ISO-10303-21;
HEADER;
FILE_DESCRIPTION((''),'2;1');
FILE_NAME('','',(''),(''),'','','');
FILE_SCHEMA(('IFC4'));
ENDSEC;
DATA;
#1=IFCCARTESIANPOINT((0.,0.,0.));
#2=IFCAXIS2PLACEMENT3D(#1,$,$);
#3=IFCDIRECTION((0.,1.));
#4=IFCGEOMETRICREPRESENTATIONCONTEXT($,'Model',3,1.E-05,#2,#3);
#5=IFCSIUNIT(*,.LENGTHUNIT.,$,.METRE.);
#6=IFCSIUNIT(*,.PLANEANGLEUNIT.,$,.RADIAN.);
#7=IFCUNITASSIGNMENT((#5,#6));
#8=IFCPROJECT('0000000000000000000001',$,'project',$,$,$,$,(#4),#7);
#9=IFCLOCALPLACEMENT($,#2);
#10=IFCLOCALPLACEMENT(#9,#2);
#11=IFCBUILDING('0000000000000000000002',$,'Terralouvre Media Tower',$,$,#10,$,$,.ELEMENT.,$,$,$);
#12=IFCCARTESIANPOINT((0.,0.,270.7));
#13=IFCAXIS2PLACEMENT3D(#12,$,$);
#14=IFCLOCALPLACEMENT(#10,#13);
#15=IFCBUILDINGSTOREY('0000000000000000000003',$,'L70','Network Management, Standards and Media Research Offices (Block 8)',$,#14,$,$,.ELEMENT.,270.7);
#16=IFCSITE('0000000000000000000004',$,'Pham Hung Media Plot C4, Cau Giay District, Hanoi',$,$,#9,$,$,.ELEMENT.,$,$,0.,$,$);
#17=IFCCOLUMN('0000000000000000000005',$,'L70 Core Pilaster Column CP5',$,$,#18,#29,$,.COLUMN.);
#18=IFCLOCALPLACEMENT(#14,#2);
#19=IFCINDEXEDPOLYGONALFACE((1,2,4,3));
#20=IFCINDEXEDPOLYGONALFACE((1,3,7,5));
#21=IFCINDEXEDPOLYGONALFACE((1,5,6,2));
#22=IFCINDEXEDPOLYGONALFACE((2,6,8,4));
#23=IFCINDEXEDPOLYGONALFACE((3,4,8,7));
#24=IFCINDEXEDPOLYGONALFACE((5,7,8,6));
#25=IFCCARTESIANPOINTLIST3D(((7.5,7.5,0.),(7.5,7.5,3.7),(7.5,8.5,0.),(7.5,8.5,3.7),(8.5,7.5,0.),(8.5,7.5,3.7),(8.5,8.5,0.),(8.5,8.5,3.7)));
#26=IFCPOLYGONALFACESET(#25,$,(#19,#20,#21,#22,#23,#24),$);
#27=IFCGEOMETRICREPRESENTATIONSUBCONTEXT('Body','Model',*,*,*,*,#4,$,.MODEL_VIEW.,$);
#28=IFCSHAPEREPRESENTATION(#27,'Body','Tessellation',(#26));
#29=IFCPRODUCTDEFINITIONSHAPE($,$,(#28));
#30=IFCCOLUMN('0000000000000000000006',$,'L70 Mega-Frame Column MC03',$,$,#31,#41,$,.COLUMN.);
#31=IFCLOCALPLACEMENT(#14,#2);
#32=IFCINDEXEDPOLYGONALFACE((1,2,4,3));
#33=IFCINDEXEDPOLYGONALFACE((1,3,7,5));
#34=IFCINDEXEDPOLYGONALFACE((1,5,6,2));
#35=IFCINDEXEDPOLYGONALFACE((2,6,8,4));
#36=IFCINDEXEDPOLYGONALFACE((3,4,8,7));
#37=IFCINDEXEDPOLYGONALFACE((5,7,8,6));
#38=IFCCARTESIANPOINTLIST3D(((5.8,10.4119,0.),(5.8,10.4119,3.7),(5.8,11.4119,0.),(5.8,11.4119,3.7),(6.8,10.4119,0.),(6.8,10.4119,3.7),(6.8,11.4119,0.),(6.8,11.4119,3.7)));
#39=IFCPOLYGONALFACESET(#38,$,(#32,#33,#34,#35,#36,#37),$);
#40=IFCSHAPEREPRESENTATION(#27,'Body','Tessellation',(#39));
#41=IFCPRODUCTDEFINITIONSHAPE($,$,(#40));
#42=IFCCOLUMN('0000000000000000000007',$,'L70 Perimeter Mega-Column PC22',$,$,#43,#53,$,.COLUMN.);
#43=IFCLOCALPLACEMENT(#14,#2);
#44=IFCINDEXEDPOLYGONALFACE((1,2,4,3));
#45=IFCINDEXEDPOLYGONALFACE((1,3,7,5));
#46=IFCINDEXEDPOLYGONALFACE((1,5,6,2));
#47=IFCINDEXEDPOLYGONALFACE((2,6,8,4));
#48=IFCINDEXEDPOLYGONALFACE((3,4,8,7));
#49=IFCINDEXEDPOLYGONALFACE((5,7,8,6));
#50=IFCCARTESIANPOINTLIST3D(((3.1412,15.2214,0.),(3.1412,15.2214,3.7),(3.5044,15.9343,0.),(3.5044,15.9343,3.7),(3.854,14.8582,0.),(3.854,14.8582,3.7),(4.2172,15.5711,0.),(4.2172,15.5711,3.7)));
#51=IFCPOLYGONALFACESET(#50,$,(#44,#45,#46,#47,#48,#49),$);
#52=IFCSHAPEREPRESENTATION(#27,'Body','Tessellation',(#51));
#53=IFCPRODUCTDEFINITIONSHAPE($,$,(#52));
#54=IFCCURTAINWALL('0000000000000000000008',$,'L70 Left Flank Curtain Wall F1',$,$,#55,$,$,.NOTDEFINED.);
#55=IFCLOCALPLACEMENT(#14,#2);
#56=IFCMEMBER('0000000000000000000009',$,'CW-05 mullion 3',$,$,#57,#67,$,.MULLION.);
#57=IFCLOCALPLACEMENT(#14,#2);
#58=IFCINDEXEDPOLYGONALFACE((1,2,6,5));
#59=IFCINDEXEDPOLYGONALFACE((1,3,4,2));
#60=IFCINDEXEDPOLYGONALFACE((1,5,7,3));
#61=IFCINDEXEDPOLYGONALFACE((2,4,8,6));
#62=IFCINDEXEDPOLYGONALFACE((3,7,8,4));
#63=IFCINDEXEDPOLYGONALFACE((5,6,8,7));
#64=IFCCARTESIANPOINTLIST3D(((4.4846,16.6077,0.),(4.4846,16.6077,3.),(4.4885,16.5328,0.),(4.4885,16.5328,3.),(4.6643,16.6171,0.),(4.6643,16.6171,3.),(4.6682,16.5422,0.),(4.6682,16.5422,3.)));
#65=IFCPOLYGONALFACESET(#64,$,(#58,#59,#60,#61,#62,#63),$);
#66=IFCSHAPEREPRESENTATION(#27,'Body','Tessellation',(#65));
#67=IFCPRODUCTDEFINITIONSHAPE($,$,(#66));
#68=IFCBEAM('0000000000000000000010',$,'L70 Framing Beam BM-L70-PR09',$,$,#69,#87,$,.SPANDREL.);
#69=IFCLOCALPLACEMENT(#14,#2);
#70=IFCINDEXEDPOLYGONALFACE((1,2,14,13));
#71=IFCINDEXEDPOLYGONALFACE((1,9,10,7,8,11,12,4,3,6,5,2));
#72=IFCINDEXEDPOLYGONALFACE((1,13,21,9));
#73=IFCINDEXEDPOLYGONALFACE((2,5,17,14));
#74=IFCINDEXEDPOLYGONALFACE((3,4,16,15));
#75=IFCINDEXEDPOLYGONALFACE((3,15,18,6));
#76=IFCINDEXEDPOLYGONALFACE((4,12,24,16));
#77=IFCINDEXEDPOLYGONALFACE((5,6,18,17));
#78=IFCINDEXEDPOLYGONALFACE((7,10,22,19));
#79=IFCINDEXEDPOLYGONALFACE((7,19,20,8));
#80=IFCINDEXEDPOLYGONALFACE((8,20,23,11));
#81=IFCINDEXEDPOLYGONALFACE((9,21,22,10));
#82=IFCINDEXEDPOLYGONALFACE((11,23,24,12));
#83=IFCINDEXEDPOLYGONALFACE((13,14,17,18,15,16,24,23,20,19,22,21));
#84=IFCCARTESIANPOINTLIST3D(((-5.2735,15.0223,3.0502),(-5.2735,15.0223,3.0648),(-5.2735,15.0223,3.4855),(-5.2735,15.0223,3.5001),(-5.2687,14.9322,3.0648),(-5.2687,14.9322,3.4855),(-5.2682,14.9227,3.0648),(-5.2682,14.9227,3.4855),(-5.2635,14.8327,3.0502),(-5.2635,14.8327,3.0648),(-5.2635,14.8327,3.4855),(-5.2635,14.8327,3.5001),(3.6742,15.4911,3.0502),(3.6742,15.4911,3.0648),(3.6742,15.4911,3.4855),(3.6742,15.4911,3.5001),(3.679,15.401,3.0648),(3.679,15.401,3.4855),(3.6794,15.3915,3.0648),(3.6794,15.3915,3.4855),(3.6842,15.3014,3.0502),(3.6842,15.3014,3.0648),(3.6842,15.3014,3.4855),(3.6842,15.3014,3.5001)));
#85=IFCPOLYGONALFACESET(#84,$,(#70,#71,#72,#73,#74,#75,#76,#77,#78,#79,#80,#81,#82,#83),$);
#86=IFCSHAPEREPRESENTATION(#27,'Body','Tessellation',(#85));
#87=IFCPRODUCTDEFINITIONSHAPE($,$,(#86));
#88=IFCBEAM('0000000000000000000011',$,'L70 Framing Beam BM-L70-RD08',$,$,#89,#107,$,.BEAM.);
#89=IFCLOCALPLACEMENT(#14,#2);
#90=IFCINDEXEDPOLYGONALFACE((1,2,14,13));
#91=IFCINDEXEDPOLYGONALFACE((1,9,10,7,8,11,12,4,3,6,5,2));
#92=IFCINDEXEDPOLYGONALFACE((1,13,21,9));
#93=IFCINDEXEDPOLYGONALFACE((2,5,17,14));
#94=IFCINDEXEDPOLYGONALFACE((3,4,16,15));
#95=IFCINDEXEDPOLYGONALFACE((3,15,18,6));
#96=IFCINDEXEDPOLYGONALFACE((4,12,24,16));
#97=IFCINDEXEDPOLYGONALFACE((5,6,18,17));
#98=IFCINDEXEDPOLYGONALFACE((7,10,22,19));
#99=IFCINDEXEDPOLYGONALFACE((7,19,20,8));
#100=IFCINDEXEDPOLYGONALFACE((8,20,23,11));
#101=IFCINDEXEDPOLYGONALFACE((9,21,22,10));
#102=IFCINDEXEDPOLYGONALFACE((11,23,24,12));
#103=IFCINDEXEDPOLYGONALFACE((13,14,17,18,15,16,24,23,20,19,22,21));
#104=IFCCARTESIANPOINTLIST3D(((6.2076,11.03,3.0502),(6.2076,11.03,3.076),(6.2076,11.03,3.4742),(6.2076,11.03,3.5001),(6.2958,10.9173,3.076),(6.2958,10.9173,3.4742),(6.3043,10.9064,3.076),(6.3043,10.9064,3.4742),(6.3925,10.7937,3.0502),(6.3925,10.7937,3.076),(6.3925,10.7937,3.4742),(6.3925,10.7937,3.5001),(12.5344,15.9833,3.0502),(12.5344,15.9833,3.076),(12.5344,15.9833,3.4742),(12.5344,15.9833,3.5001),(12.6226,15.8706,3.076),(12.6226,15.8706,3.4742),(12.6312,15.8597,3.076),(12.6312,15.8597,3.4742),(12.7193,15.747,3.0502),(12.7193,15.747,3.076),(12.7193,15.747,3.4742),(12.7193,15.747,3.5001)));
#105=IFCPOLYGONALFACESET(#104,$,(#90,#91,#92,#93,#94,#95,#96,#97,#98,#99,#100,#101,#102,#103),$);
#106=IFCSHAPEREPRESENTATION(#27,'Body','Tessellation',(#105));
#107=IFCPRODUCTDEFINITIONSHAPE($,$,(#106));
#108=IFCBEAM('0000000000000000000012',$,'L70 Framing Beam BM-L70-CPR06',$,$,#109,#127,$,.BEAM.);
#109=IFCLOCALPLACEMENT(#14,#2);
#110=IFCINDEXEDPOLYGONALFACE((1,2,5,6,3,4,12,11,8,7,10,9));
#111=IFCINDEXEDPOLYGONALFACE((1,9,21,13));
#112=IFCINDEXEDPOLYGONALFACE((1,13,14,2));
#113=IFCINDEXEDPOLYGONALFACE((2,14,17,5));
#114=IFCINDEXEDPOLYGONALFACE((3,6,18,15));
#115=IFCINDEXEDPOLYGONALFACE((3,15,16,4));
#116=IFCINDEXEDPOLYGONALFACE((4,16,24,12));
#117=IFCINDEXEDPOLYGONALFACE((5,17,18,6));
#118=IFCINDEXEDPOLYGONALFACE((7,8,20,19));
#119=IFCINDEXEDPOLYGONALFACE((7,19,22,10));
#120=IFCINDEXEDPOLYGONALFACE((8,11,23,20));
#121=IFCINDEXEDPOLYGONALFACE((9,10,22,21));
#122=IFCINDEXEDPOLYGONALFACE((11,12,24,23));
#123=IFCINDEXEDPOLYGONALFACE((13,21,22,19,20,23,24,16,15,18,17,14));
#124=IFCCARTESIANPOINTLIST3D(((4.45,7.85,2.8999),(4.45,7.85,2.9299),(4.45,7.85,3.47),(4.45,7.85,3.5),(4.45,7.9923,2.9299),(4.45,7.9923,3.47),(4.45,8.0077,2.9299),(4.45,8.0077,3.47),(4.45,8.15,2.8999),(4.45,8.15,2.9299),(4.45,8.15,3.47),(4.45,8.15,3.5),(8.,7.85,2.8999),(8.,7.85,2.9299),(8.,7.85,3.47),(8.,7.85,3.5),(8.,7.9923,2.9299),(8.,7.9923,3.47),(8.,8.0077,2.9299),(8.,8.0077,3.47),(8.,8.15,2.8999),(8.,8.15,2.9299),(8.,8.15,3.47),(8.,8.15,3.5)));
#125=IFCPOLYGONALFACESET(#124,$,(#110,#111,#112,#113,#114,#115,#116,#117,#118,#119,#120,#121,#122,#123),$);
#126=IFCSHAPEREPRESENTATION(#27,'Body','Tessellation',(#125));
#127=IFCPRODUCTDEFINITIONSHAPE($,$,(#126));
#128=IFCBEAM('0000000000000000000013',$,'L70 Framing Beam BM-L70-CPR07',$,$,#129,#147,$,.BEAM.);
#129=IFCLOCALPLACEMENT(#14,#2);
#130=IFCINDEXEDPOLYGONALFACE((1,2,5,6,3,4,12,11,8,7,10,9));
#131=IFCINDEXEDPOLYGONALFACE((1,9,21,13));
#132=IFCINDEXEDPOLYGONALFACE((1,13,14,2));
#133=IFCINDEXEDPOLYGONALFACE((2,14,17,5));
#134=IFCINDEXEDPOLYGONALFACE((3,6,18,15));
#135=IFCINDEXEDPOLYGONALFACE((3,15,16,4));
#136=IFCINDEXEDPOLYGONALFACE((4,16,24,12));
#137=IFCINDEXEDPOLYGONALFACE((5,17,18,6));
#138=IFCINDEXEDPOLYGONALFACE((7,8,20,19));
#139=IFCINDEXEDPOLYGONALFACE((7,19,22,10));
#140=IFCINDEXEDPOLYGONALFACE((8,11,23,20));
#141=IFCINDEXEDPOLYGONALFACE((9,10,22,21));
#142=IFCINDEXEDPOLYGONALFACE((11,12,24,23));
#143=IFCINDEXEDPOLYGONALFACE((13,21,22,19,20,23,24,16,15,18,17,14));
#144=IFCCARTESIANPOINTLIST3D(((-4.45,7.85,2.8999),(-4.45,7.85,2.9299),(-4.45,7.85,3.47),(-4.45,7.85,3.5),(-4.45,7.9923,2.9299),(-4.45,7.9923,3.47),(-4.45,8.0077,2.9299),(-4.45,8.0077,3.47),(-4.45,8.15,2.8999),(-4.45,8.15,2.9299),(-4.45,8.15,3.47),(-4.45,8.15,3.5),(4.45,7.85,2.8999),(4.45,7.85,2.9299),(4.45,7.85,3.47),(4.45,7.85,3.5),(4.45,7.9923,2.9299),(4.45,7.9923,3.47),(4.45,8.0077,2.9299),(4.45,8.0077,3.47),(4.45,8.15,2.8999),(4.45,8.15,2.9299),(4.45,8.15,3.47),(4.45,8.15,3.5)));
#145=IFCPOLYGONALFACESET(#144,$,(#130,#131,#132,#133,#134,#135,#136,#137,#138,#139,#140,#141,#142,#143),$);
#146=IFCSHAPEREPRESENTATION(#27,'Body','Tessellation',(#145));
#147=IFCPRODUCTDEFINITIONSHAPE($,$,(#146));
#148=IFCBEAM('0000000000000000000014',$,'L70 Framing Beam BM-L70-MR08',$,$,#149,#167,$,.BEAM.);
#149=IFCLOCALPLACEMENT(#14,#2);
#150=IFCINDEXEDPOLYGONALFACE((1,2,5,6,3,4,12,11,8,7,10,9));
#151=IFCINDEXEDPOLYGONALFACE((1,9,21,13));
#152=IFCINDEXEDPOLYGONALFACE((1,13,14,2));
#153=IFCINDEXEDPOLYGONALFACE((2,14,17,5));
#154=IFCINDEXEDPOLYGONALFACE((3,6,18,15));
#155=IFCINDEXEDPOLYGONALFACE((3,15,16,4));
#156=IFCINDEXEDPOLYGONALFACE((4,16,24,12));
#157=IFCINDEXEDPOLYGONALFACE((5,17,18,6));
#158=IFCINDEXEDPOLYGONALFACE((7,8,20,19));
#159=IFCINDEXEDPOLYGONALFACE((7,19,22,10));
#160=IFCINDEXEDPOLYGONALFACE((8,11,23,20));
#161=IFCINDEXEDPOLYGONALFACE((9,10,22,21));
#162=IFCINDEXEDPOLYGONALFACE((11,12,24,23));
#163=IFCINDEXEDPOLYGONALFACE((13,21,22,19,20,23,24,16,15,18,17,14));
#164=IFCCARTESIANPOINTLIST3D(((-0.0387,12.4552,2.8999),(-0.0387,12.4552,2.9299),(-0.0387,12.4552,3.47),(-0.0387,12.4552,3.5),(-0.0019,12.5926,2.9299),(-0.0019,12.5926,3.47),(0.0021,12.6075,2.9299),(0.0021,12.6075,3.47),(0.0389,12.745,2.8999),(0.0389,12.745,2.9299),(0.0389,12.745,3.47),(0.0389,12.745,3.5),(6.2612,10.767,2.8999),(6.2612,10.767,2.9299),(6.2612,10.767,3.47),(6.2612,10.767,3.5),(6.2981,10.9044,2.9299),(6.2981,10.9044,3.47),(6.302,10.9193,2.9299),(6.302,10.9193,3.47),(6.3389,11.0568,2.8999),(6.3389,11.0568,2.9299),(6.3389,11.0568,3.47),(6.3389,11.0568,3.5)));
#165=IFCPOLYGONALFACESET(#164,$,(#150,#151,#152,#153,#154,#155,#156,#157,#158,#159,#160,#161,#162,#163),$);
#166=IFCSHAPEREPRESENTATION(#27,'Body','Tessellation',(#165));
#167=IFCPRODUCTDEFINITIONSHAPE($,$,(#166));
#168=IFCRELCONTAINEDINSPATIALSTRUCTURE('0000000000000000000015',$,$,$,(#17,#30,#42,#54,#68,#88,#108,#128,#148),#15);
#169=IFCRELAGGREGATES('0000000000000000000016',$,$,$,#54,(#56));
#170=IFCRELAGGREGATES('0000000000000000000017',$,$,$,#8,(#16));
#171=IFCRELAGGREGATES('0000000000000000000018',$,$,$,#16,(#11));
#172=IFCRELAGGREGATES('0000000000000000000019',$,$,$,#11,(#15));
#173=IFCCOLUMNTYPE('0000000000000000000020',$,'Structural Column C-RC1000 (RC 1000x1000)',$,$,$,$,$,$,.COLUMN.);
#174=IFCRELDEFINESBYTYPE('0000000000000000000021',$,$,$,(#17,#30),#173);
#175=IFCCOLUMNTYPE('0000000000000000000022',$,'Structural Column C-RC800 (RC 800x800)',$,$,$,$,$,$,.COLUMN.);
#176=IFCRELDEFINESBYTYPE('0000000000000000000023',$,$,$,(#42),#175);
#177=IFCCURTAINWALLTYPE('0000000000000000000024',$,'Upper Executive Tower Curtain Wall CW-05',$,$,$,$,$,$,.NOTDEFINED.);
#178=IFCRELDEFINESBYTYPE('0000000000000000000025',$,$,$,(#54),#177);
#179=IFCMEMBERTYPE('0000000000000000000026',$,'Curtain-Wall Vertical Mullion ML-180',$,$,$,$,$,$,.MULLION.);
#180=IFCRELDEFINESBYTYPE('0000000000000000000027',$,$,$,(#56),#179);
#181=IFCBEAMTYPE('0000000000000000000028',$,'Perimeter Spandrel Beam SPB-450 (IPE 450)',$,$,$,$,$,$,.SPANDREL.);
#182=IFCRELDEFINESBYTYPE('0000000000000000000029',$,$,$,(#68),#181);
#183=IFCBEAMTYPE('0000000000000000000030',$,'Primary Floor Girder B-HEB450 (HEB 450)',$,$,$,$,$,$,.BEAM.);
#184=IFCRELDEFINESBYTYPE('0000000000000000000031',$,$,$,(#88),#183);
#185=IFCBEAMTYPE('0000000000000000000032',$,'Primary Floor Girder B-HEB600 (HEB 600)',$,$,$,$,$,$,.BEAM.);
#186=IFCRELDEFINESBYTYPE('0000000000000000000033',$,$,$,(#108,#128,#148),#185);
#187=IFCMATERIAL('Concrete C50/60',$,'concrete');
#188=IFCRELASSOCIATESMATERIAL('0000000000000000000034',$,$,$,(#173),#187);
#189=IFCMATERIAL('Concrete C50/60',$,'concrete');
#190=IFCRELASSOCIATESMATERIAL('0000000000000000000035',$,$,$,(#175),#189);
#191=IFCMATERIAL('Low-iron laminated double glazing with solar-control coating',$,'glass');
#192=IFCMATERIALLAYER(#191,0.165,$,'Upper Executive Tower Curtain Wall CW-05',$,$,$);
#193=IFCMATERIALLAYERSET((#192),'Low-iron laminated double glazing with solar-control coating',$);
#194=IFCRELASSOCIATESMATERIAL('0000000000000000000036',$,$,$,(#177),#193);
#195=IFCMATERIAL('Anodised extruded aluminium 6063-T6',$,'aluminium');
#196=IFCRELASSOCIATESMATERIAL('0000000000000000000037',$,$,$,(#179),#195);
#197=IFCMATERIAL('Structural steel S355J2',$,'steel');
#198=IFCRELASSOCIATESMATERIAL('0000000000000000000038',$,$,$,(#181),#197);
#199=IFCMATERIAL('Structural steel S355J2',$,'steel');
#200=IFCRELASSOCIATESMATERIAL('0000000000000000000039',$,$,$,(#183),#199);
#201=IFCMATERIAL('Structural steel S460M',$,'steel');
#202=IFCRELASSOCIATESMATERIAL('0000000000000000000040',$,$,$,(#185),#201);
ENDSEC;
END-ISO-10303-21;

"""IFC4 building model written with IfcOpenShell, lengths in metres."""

from ifc_helpers import new_model, si_unit, direction, frame, origin, origin_2d, place, context, subcontext, project, spatial, rectangle, i_section, extrude, material, layer, layer_set, material_profile, profile_set, type_object, element, aggregate, save


model = new_model("IFC4")

# Units and contexts
model_context = context("Model", 3, precision=1e-05, world=origin(), true_north=direction((0.0, 1.0)))
body_context = subcontext(model_context, "Body", "Model", "MODEL_VIEW")
ifc_project = project(units=[si_unit("LENGTHUNIT", "METRE"), si_unit("PLANEANGLEUNIT", "RADIAN")], contexts=[model_context])

# Site, building, storey
site_placement = place(None, origin())
site = spatial("IfcSite", under=ifc_project, at=site_placement, Name="Pham Hung Media Plot C4, Cau Giay District, Hanoi", CompositionType="ELEMENT", RefElevation=0.0)
building_placement = place(site_placement, origin())
building = spatial("IfcBuilding", under=site, at=building_placement, Name="Terralouvre Media Tower", CompositionType="ELEMENT")
storey_placement = place(building_placement, frame((0.0, 0.0, 270.7)))
storey = spatial("IfcBuildingStorey", under=building, at=storey_placement, Name="L70", Description="Network Management, Standards and Media Research Offices (Block 8)", CompositionType="ELEMENT", Elevation=270.7)

# Columns
ifc_material_1 = material(Name="Concrete C50/60", Category="concrete")
ifc_material_profile_1 = material_profile(ifc_material_1, rectangle(XDim=1.0, YDim=1.0, at=origin_2d()), Name="RC 1000x1000")
ifc_profile_set_1 = profile_set([ifc_material_profile_1], Name="Concrete C50/60")
column_type_1 = type_object("IfcColumnType", Name="Structural Column C-RC1000 (RC 1000x1000)", PredefinedType="COLUMN", material=ifc_profile_set_1)
for number, where, z_axis, x_axis, name in (
    (1, (8.0, 8.0, 0.0), (0.0, 0.0, 1.0), (1.0, 0.0, 0.0), "L70 Core Pilaster Column CP5"),
    (2, (6.3, 10.9119, 0.0), (0.0, 0.0, 1.0), (1.0, 0.0, 0.0), "L70 Mega-Frame Column MC03"),
):
    element("IfcColumn", number, at=place(storey_placement, frame(where, z_axis=z_axis, x_axis=x_axis)), inside=storey, type_object=column_type_1, Name=name, PredefinedType="COLUMN", context=body_context, shape_type="SweptSolid", body=[
        extrude(rectangle(XDim=1.0, YDim=1.0, at=origin_2d()), origin(), (0.0, 0.0, 1.0), 3.7),
    ])
ifc_material_2 = material(Name="Concrete C50/60", Category="concrete")
ifc_material_profile_2 = material_profile(ifc_material_2, rectangle(XDim=0.8, YDim=0.8, at=origin_2d()), Name="RC 800x800")
ifc_profile_set_2 = profile_set([ifc_material_profile_2], Name="Concrete C50/60")
column_type_2 = type_object("IfcColumnType", Name="Structural Column C-RC800 (RC 800x800)", PredefinedType="COLUMN", material=ifc_profile_set_2)
column_placement = place(storey_placement, frame((3.6792, 15.3962, 0.0), z_axis=(0.0, 0.0, 1.0), x_axis=(0.45399, 0.891007, 0.0)))
element("IfcColumn", 3, at=column_placement, inside=storey, type_object=column_type_2, Name="L70 Perimeter Mega-Column PC22", PredefinedType="COLUMN", context=body_context, shape_type="SweptSolid", body=[
    extrude(rectangle(XDim=0.8, YDim=0.8, at=origin_2d()), origin(), (0.0, 0.0, 1.0), 3.7),
])

# Curtain wall, member
ifc_material_3 = material(Name="Low-iron laminated double glazing with solar-control coating", Category="glass")
ifc_layer_1 = layer(ifc_material_3, 0.165, Name="Upper Executive Tower Curtain Wall CW-05")
ifc_layer_set_1 = layer_set([ifc_layer_1], Name="Low-iron laminated double glazing with solar-control coating")
curtain_wall_type = type_object("IfcCurtainWallType", Name="Upper Executive Tower Curtain Wall CW-05", PredefinedType="NOTDEFINED", material=ifc_layer_set_1)
curtain_wall_placement = place(storey_placement, origin())
curtain_wall = element("IfcCurtainWall", 4, at=curtain_wall_placement, inside=storey, type_object=curtain_wall_type, Name="L70 Left Flank Curtain Wall F1", PredefinedType="NOTDEFINED")
ifc_material_4 = material(Name="Anodised extruded aluminium 6063-T6", Category="aluminium")
ifc_material_profile_3 = material_profile(ifc_material_4, rectangle(XDim=0.075, YDim=0.1799, at=origin_2d()), Name="ALU 75x180")
ifc_profile_set_3 = profile_set([ifc_material_profile_3], Name="Anodised extruded aluminium 6063-T6")
member_type = type_object("IfcMemberType", Name="Curtain-Wall Vertical Mullion ML-180", PredefinedType="MULLION", material=ifc_profile_set_3)
member_placement = place(storey_placement, frame((4.5764, 16.575, 0.0), z_axis=(0.0, 0.0, 1.0), x_axis=(0.052336, -0.99863, 0.0)))
member = element("IfcMember", 5, at=member_placement, type_object=member_type, Name="CW-05 mullion 3", PredefinedType="MULLION", context=body_context, shape_type="SweptSolid", body=[
    extrude(rectangle(XDim=0.075, YDim=0.1799, at=origin_2d()), origin(), (0.0, 0.0, 1.0), 3.0),
])

# Beams
ifc_material_5 = material(Name="Structural steel S355J2", Category="steel")
ifc_material_profile_4 = material_profile(ifc_material_5, i_section(OverallWidth=0.1899, OverallDepth=0.45, WebThickness=0.0095, FlangeThickness=0.0146, at=origin_2d()), Name="IPE 450")
ifc_profile_set_4 = profile_set([ifc_material_profile_4], Name="Structural steel S355J2")
beam_type_1 = type_object("IfcBeamType", Name="Perimeter Spandrel Beam SPB-450 (IPE 450)", PredefinedType="SPANDREL", material=ifc_profile_set_4)
beam_1_placement = place(storey_placement, frame((3.6792, 15.3962, 3.2751), z_axis=(-0.998631, -0.052316, 0.0), x_axis=(0.052316, -0.998631, 0.0)))
element("IfcBeam", 6, at=beam_1_placement, inside=storey, type_object=beam_type_1, Name="L70 Framing Beam BM-L70-PR09", PredefinedType="SPANDREL", context=body_context, shape_type="SweptSolid", body=[
    extrude(i_section(OverallWidth=0.1899, OverallDepth=0.45, WebThickness=0.0095, FlangeThickness=0.0146, at=origin_2d()), origin(), (0.0, 0.0, 1.0), 8.96),
])
ifc_material_6 = material(Name="Structural steel S355J2", Category="steel")
ifc_material_profile_5 = material_profile(ifc_material_6, i_section(OverallWidth=0.3, OverallDepth=0.45, WebThickness=0.0139, FlangeThickness=0.0259, at=origin_2d()), Name="HEB 450")
ifc_profile_set_5 = profile_set([ifc_material_profile_5], Name="Structural steel S355J2")
beam_type_2 = type_object("IfcBeamType", Name="Primary Floor Girder B-HEB450 (HEB 450)", PredefinedType="BEAM", material=ifc_profile_set_5)
beam_2_placement = place(storey_placement, frame((6.3, 10.9119, 3.2751), z_axis=(0.787392, 0.616453, 0.0), x_axis=(-0.616453, 0.787392, 0.0)))
element("IfcBeam", 7, at=beam_2_placement, inside=storey, type_object=beam_type_2, Name="L70 Framing Beam BM-L70-RD08", PredefinedType="BEAM", context=body_context, shape_type="SweptSolid", body=[
    extrude(i_section(OverallWidth=0.3, OverallDepth=0.45, WebThickness=0.0139, FlangeThickness=0.0259, at=origin_2d()), origin(), (0.0, 0.0, 1.0), 8.0352),
])
ifc_material_7 = material(Name="Structural steel S460M", Category="steel")
ifc_material_profile_6 = material_profile(ifc_material_7, i_section(OverallWidth=0.3, OverallDepth=0.6001, WebThickness=0.0154, FlangeThickness=0.03, at=origin_2d()), Name="HEB 600")
ifc_profile_set_6 = profile_set([ifc_material_profile_6], Name="Structural steel S460M")
beam_type_3 = type_object("IfcBeamType", Name="Primary Floor Girder B-HEB600 (HEB 600)", PredefinedType="BEAM", material=ifc_profile_set_6)
beam_3_placement = place(storey_placement, frame((8.0, 8.0, 3.2), z_axis=(-1.0, 0.0, 0.0), x_axis=(0.0, -1.0, 0.0)))
element("IfcBeam", 8, at=beam_3_placement, inside=storey, type_object=beam_type_3, Name="L70 Framing Beam BM-L70-CPR06", PredefinedType="BEAM", context=body_context, shape_type="SweptSolid", body=[
    extrude(i_section(OverallWidth=0.3, OverallDepth=0.6001, WebThickness=0.0154, FlangeThickness=0.03, at=origin_2d()), origin(), (0.0, 0.0, 1.0), 3.55),
])
beam_4_placement = place(storey_placement, frame((4.45, 8.0, 3.2), z_axis=(-1.0, 0.0, 0.0), x_axis=(0.0, -1.0, 0.0)))
element("IfcBeam", 9, at=beam_4_placement, inside=storey, type_object=beam_type_3, Name="L70 Framing Beam BM-L70-CPR07", PredefinedType="BEAM", context=body_context, shape_type="SweptSolid", body=[
    extrude(i_section(OverallWidth=0.3, OverallDepth=0.6001, WebThickness=0.0154, FlangeThickness=0.03, at=origin_2d()), origin(), (0.0, 0.0, 1.0), 8.8999),
])
beam_5_placement = place(storey_placement, frame((6.3, 10.9119, 3.2), z_axis=(-0.96592, 0.258839, 0.0), x_axis=(-0.258839, -0.96592, 0.0)))
element("IfcBeam", 10, at=beam_5_placement, inside=storey, type_object=beam_type_3, Name="L70 Framing Beam BM-L70-MR08", PredefinedType="BEAM", context=body_context, shape_type="SweptSolid", body=[
    extrude(i_section(OverallWidth=0.3, OverallDepth=0.6001, WebThickness=0.0154, FlangeThickness=0.03, at=origin_2d()), origin(), (0.0, 0.0, 1.0), 6.5222),
])

aggregate(curtain_wall, [member])

save(model, "model.ifc")
